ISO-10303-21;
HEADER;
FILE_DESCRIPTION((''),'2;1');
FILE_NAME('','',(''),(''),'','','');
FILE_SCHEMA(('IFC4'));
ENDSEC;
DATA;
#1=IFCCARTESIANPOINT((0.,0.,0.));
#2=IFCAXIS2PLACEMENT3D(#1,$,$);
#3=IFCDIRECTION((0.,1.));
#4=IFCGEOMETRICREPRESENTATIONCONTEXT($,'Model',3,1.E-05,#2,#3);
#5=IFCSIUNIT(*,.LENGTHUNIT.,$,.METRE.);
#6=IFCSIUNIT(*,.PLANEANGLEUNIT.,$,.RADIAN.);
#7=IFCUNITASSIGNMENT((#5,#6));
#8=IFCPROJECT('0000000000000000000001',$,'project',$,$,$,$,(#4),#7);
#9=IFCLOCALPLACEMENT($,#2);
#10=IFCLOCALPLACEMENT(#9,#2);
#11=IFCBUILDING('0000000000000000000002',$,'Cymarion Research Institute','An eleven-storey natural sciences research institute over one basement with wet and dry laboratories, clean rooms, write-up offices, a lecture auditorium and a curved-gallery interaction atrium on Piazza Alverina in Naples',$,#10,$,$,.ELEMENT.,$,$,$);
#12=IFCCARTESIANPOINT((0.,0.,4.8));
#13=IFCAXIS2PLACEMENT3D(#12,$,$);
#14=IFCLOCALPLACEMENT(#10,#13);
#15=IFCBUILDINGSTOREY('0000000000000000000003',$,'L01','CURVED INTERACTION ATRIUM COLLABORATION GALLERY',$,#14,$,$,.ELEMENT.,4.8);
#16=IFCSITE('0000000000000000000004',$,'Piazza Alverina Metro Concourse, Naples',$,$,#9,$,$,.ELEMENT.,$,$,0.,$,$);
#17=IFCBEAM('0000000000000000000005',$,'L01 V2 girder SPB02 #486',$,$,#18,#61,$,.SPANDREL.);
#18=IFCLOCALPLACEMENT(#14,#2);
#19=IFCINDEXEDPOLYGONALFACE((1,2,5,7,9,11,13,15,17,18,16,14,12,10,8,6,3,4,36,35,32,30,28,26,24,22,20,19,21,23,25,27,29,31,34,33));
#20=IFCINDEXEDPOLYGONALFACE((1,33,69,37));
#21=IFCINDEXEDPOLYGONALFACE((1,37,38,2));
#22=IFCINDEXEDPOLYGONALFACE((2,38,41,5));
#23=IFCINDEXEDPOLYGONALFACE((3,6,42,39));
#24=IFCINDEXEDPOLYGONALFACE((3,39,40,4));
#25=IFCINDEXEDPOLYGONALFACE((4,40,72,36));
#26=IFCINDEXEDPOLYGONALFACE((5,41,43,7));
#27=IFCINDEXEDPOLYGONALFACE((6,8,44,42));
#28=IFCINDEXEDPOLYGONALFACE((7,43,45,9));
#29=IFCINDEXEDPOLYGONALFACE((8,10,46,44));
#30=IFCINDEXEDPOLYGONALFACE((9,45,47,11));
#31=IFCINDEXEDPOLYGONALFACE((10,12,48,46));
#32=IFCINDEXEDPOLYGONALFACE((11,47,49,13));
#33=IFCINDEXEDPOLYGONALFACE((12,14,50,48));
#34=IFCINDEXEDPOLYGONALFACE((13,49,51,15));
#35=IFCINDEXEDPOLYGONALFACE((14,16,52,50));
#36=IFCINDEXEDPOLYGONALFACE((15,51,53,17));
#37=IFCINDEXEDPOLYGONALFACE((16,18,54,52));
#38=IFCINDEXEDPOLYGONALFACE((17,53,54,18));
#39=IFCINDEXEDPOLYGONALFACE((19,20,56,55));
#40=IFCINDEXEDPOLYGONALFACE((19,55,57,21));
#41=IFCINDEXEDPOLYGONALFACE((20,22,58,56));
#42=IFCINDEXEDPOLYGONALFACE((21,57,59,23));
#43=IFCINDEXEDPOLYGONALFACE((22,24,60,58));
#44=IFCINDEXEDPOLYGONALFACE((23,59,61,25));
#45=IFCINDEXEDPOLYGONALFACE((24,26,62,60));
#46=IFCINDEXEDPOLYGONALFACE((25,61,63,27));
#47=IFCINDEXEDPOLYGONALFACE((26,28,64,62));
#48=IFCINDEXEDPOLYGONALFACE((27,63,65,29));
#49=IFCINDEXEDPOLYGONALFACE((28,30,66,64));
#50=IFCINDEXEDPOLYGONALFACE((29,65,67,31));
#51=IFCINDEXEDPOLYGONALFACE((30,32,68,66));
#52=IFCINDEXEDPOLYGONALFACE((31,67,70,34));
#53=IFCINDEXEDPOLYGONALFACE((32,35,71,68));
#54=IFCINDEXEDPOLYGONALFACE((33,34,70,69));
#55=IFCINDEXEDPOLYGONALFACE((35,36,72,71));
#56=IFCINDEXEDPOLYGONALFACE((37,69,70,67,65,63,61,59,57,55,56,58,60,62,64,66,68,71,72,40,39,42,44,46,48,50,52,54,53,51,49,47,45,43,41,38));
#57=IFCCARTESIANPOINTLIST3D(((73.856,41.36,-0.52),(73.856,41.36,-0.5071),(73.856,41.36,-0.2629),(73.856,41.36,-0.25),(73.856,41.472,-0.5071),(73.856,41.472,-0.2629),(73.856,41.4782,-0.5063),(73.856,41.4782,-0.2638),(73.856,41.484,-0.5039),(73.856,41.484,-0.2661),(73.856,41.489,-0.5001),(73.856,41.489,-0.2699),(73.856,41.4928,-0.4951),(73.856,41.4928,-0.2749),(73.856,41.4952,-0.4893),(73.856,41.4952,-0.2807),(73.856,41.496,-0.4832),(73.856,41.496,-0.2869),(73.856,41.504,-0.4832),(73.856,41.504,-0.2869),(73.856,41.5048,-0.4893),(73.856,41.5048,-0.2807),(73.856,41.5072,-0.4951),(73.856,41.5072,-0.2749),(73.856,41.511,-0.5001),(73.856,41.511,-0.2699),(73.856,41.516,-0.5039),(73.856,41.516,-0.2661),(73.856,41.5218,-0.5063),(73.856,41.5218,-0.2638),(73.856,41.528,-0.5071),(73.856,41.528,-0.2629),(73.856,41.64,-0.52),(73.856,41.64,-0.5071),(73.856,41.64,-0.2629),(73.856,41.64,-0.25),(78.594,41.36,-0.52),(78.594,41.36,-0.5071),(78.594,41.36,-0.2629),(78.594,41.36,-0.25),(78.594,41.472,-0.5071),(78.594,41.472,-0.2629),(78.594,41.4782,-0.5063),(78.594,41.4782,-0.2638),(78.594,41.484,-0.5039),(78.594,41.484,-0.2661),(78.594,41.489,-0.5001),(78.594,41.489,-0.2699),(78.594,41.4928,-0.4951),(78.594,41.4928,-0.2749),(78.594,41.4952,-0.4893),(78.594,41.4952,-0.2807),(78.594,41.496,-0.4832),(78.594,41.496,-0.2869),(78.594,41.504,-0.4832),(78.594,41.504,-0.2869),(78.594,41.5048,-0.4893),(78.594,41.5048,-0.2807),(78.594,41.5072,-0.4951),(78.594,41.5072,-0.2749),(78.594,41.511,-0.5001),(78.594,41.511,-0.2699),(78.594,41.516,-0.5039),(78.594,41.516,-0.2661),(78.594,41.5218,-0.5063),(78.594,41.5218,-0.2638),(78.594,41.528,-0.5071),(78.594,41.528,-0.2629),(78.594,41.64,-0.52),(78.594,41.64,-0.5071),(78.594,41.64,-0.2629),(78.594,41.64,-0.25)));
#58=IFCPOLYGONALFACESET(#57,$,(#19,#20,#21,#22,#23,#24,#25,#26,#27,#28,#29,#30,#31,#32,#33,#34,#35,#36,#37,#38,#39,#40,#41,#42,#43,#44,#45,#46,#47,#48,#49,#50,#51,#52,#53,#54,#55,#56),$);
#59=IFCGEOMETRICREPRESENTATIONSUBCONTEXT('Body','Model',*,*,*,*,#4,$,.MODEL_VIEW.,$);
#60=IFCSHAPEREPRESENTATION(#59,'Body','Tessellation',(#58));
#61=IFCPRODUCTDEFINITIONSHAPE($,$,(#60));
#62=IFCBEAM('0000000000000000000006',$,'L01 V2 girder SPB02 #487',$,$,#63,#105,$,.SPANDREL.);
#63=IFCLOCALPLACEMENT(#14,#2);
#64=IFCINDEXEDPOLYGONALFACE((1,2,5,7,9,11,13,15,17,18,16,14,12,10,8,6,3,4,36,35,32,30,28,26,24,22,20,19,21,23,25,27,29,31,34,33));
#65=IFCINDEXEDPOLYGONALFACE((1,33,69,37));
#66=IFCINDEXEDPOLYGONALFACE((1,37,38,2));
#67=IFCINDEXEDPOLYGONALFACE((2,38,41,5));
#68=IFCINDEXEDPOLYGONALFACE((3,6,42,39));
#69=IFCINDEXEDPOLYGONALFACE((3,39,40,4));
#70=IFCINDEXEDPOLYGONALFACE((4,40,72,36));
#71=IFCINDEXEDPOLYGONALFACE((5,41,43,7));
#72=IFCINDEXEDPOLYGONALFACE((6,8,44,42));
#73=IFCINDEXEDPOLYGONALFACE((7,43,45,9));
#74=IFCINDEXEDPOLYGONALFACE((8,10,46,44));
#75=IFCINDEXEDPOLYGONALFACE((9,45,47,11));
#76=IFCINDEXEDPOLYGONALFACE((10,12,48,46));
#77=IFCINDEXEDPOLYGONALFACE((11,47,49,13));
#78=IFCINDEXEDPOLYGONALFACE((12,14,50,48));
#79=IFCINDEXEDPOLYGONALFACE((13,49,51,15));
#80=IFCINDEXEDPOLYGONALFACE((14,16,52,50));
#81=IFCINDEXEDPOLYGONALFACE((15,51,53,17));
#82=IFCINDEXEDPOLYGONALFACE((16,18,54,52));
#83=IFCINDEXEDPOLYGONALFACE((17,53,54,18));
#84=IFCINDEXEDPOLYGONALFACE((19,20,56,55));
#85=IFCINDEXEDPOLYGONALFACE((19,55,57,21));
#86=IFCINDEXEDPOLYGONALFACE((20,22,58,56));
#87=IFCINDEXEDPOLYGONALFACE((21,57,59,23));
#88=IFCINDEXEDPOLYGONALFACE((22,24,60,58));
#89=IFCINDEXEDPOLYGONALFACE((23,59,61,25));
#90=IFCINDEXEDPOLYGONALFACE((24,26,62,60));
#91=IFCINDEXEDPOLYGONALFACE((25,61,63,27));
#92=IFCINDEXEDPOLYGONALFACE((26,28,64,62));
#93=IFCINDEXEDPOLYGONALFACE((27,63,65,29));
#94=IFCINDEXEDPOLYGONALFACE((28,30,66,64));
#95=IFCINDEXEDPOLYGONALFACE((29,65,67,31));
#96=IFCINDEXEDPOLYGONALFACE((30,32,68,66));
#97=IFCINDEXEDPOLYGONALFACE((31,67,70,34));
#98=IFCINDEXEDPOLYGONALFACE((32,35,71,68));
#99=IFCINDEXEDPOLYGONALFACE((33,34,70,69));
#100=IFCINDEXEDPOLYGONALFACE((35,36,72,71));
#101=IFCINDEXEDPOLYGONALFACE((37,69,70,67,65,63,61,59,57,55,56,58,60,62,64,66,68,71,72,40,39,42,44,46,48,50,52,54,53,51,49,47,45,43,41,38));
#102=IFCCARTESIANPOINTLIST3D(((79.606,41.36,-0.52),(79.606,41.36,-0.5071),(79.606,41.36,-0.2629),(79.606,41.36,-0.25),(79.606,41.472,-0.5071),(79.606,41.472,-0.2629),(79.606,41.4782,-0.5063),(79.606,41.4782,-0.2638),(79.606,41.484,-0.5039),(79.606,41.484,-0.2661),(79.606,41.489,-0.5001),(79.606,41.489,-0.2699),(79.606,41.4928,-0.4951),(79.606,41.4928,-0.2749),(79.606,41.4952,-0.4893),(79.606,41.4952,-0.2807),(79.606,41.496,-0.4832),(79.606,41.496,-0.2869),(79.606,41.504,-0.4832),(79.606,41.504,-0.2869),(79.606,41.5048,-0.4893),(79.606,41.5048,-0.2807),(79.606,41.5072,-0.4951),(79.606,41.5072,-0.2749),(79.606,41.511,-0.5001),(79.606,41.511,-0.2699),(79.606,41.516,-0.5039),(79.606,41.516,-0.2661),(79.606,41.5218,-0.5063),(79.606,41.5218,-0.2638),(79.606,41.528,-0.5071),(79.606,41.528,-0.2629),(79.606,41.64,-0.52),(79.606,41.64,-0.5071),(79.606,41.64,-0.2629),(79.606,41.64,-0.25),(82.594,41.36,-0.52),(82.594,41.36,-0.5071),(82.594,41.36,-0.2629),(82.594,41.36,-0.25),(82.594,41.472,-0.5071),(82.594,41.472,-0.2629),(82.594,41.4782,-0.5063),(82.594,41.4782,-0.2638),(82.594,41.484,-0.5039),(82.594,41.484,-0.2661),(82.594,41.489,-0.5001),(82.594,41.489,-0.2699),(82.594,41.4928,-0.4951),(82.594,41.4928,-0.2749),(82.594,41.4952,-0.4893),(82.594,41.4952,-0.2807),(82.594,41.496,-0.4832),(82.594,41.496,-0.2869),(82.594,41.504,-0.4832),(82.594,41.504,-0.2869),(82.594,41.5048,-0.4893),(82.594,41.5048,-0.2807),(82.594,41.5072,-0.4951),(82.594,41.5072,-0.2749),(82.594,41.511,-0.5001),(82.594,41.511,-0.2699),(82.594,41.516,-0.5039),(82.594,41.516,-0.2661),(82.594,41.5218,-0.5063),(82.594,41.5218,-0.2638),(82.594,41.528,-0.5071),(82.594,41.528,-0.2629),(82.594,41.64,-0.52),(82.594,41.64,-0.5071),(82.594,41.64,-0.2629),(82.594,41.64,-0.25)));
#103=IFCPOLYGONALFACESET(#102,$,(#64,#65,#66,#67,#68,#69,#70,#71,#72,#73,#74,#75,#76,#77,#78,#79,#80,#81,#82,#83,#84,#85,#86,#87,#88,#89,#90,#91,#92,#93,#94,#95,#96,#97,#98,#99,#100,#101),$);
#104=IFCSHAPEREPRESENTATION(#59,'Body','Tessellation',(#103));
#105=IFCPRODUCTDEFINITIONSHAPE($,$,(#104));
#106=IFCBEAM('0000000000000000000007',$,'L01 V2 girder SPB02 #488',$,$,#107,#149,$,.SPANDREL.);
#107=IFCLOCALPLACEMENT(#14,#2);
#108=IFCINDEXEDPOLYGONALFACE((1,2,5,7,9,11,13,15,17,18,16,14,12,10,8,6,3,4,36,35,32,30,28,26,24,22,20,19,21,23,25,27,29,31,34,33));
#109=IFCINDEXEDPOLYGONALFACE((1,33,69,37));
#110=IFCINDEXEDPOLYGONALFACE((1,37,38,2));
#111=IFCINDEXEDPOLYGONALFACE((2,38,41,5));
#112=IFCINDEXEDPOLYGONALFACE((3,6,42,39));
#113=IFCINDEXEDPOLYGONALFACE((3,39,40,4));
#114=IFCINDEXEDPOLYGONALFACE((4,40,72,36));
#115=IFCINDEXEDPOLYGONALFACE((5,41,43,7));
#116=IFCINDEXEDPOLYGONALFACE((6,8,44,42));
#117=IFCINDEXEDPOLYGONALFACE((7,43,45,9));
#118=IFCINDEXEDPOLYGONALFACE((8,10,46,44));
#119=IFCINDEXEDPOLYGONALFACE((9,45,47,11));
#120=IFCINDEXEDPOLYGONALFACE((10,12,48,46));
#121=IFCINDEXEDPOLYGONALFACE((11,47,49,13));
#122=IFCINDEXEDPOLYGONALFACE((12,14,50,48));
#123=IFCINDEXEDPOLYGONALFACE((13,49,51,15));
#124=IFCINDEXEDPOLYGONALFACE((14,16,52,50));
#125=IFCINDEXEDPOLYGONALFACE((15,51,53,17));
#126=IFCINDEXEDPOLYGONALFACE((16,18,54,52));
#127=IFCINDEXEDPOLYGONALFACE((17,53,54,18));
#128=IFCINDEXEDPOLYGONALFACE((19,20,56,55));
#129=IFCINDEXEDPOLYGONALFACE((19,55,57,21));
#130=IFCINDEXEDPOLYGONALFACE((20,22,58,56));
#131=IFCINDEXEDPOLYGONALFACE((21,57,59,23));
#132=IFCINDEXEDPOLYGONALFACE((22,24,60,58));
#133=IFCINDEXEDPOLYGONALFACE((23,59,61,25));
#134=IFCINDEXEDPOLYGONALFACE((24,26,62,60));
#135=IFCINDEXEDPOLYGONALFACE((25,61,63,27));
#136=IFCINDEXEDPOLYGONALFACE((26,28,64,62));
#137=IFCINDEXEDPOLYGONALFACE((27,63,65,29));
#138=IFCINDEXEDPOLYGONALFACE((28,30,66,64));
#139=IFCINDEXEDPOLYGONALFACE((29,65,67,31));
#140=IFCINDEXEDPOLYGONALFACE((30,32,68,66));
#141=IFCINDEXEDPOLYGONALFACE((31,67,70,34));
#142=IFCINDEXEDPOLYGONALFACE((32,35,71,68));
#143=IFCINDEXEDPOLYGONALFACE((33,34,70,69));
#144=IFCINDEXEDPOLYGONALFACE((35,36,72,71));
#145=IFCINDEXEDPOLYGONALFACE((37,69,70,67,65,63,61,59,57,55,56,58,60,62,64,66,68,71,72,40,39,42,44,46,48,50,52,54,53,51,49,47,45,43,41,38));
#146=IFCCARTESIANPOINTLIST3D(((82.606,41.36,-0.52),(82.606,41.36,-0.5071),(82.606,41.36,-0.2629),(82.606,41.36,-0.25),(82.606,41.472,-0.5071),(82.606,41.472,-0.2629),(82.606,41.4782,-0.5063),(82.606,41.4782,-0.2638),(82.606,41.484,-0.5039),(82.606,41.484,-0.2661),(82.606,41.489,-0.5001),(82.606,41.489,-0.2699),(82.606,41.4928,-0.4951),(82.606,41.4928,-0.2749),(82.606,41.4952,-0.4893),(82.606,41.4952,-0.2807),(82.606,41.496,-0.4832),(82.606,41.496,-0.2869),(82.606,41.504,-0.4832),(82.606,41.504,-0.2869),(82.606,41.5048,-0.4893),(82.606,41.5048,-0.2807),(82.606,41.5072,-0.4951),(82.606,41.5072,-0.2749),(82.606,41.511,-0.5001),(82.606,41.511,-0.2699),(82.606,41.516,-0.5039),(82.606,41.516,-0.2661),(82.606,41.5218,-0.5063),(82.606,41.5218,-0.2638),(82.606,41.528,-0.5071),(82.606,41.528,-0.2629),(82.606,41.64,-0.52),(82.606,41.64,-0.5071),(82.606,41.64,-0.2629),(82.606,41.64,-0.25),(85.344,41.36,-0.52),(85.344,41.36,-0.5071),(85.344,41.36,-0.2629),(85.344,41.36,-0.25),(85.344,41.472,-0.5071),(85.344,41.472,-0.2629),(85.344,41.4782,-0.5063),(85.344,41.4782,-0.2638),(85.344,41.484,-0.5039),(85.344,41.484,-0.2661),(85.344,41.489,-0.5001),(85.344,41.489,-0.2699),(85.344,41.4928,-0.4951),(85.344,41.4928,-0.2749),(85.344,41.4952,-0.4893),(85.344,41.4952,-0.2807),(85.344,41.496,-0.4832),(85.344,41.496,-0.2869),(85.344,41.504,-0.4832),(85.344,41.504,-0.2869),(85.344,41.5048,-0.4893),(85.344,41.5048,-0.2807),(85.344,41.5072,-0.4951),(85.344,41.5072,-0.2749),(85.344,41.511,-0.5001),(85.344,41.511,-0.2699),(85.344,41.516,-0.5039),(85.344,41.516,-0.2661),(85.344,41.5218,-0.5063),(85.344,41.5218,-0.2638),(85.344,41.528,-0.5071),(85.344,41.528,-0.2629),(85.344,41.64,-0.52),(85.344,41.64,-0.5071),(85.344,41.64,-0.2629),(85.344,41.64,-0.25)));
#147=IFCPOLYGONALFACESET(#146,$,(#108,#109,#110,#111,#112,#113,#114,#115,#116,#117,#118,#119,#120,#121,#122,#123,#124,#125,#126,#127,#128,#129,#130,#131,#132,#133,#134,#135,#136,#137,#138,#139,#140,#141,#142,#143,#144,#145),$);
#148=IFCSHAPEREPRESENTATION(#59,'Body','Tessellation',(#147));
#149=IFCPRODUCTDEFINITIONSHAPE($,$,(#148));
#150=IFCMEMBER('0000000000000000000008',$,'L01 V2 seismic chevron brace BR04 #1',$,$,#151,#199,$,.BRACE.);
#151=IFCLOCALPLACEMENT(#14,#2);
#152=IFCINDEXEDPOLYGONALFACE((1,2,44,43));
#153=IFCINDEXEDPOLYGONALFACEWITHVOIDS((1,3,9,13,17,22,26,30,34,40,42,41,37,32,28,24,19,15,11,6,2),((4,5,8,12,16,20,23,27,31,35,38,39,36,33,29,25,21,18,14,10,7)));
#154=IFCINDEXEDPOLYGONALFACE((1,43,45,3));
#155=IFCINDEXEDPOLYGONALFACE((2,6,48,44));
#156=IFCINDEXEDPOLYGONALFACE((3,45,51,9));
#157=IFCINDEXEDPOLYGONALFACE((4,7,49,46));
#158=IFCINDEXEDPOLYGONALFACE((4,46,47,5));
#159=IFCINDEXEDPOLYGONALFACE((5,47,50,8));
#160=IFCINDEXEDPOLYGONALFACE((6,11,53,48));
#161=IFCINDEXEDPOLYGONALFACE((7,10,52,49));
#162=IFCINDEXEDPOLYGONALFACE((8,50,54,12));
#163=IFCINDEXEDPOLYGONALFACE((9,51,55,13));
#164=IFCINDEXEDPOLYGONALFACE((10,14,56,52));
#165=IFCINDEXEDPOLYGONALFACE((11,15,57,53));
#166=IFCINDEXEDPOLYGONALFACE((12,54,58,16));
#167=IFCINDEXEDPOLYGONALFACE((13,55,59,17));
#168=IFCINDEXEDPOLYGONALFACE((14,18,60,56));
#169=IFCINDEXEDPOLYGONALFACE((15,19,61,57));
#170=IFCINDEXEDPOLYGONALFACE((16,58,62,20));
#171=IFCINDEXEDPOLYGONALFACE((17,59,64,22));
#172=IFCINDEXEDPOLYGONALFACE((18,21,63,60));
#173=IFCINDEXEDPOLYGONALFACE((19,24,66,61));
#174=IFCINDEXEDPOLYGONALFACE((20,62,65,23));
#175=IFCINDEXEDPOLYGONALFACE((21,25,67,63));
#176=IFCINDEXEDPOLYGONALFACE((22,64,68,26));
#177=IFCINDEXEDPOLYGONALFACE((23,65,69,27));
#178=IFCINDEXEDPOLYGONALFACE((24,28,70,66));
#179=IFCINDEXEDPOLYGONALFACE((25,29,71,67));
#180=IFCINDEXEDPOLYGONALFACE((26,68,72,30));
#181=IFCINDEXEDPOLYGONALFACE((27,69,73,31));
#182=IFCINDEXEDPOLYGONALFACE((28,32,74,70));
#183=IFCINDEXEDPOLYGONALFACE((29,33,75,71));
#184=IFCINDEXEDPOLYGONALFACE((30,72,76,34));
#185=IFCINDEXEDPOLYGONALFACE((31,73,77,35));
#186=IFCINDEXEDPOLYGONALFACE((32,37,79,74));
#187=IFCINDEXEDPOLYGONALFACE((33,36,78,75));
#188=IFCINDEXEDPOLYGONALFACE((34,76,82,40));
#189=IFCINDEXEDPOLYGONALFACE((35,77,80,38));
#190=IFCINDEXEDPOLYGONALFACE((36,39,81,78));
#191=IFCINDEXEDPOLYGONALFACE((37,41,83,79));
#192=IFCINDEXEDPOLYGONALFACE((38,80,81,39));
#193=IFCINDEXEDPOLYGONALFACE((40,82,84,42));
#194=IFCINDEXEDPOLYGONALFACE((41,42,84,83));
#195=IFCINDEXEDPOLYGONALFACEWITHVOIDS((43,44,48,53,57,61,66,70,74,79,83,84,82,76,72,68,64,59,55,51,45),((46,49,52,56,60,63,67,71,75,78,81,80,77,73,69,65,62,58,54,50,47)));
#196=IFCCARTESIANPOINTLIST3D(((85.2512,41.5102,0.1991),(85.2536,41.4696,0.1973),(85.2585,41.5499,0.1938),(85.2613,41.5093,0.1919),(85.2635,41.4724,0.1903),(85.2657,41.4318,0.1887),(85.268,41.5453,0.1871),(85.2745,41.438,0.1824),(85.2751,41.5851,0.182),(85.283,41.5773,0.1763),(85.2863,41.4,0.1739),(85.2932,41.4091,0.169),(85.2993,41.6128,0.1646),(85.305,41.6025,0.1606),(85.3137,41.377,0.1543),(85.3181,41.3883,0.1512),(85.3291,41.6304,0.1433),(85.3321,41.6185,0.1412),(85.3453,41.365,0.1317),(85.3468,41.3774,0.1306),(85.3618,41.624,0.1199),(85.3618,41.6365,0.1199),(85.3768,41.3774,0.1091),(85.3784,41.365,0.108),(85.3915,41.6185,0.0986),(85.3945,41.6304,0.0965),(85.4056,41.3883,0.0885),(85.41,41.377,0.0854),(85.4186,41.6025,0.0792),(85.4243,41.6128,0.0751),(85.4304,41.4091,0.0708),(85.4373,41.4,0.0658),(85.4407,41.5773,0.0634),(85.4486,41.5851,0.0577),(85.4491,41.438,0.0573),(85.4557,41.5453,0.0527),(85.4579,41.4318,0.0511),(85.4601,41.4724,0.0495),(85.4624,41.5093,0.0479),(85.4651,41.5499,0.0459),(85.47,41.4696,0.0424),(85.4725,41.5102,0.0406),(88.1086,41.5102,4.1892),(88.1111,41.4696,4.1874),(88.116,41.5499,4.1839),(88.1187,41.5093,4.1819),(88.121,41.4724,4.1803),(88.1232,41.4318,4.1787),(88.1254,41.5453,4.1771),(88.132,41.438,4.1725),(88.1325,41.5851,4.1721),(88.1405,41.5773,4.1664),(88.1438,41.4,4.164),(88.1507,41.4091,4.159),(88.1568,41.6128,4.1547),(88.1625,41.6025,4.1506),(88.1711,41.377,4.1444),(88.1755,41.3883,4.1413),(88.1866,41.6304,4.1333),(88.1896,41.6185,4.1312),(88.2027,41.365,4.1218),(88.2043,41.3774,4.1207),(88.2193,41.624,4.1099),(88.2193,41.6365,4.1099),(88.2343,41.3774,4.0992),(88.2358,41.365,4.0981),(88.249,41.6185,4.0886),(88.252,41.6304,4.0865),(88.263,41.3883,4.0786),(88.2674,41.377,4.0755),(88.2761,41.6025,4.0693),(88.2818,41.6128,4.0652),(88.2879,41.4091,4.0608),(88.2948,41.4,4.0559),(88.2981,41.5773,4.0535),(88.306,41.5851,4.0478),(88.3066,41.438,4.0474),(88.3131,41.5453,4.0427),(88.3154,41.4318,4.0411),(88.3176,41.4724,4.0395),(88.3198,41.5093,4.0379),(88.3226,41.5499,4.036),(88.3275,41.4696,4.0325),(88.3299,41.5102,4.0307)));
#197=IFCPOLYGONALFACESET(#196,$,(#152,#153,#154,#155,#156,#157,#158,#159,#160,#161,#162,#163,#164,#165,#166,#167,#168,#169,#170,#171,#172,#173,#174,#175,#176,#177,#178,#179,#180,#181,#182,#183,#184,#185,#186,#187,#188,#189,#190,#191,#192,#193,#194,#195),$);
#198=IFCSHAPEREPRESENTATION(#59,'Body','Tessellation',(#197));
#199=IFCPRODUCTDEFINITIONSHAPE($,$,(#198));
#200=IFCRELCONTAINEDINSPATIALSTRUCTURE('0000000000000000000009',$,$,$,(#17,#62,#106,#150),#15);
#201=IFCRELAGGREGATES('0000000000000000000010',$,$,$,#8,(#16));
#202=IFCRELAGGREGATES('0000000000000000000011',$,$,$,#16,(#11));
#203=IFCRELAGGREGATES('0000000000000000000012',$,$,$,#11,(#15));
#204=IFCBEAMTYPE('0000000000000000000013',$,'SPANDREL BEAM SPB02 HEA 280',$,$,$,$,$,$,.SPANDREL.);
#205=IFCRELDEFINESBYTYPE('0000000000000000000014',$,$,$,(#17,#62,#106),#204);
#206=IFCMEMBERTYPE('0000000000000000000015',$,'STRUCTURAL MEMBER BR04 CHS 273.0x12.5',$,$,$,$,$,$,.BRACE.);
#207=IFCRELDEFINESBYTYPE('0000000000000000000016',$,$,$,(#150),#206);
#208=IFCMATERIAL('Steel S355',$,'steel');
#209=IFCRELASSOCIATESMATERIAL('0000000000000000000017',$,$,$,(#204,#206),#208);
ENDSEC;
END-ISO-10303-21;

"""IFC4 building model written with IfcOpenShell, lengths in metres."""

from ifc_helpers import new_model, si_unit, direction, frame, origin, origin_2d, place, context, subcontext, project, spatial, hollow_circle, i_section, extrude, material, material_profile, profile_set, type_object, element, save


model = new_model("IFC4")

# Units and contexts
model_context = context("Model", 3, precision=1e-05, world=origin(), true_north=direction((0.0, 1.0)))
body_context = subcontext(model_context, "Body", "Model", "MODEL_VIEW")
ifc_project = project(units=[si_unit("LENGTHUNIT", "METRE"), si_unit("PLANEANGLEUNIT", "RADIAN")], contexts=[model_context])

# Site, building, storey
site_placement = place(None, origin())
site = spatial("IfcSite", under=ifc_project, at=site_placement, Name="Piazza Alverina Metro Concourse, Naples", CompositionType="ELEMENT", RefElevation=0.0)
building_placement = place(site_placement, origin())
building = spatial("IfcBuilding", under=site, at=building_placement, Name="Cymarion Research Institute", Description="An eleven-storey natural sciences research institute over one basement with wet and dry laboratories, clean rooms, write-up offices, a lecture auditorium and a curved-gallery interaction atrium on Piazza Alverina in Naples", CompositionType="ELEMENT")
storey_placement = place(building_placement, frame((0.0, 0.0, 4.8)))
storey = spatial("IfcBuildingStorey", under=building, at=storey_placement, Name="L01", Description="CURVED INTERACTION ATRIUM COLLABORATION GALLERY", CompositionType="ELEMENT", Elevation=4.8)

# Shared definitions
ifc_material_1 = material(Name="Steel S355", Category="steel")

# Beams
ifc_material_profile_1 = material_profile(ifc_material_1, i_section(OverallWidth=0.28, OverallDepth=0.27, WebThickness=0.0081, FlangeThickness=0.0129, FilletRadius=0.0239, at=origin_2d()), Name="HEA 280")
ifc_profile_set_1 = profile_set([ifc_material_profile_1], Name="Steel S355")
beam_type_1 = type_object("IfcBeamType", Name="SPANDREL BEAM SPB02 HEA 280", PredefinedType="SPANDREL", material=ifc_profile_set_1)
beam_1_placement = place(storey_placement, frame((73.856, 41.5, -0.385), z_axis=(1.0, 0.0, 0.0), x_axis=(0.0, 1.0, 0.0)))
element("IfcBeam", 1, at=beam_1_placement, inside=storey, type_object=beam_type_1, Name="L01 V2 girder SPB02 #486", PredefinedType="SPANDREL", context=body_context, shape_type="SweptSolid", body=[
    extrude(i_section(OverallWidth=0.28, OverallDepth=0.27, WebThickness=0.0081, FlangeThickness=0.0129, FilletRadius=0.0239, at=origin_2d()), origin(), (0.0, 0.0, 1.0), 4.738),
])
beam_2_placement = place(storey_placement, frame((79.606, 41.5, -0.385), z_axis=(1.0, 0.0, 0.0), x_axis=(0.0, 1.0, 0.0)))
element("IfcBeam", 2, at=beam_2_placement, inside=storey, type_object=beam_type_1, Name="L01 V2 girder SPB02 #487", PredefinedType="SPANDREL", context=body_context, shape_type="SweptSolid", body=[
    extrude(i_section(OverallWidth=0.28, OverallDepth=0.27, WebThickness=0.0081, FlangeThickness=0.0129, FilletRadius=0.0239, at=origin_2d()), origin(), (0.0, 0.0, 1.0), 2.988),
])
beam_3_placement = place(storey_placement, frame((82.606, 41.5, -0.385), z_axis=(1.0, 0.0, 0.0), x_axis=(0.0, 1.0, 0.0)))
element("IfcBeam", 3, at=beam_3_placement, inside=storey, type_object=beam_type_1, Name="L01 V2 girder SPB02 #488", PredefinedType="SPANDREL", context=body_context, shape_type="SweptSolid", body=[
    extrude(i_section(OverallWidth=0.28, OverallDepth=0.27, WebThickness=0.0081, FlangeThickness=0.0129, FilletRadius=0.0239, at=origin_2d()), origin(), (0.0, 0.0, 1.0), 2.738),
])

# Member
ifc_material_profile_2 = material_profile(ifc_material_1, hollow_circle(Radius=0.1365, WallThickness=0.0125, at=origin_2d()), Name="CHS 273.0x12.5")
ifc_profile_set_2 = profile_set([ifc_material_profile_2], Name="Steel S355")
member_type = type_object("IfcMemberType", Name="STRUCTURAL MEMBER BR04 CHS 273.0x12.5", PredefinedType="BRACE", material=ifc_profile_set_2)
member_placement = place(storey_placement, frame((85.3618, 41.5, 0.1199), z_axis=(0.58224, 0.0, 0.813017), x_axis=(0.0, 1.0, 0.0)))
element("IfcMember", 4, at=member_placement, inside=storey, type_object=member_type, Name="L01 V2 seismic chevron brace BR04 #1", PredefinedType="BRACE", context=body_context, shape_type="SweptSolid", body=[
    extrude(hollow_circle(Radius=0.1365, WallThickness=0.0125, at=origin_2d()), origin(), (0.0, 0.0, 1.0), 4.9077),
])

save(model, "model.ifc")
